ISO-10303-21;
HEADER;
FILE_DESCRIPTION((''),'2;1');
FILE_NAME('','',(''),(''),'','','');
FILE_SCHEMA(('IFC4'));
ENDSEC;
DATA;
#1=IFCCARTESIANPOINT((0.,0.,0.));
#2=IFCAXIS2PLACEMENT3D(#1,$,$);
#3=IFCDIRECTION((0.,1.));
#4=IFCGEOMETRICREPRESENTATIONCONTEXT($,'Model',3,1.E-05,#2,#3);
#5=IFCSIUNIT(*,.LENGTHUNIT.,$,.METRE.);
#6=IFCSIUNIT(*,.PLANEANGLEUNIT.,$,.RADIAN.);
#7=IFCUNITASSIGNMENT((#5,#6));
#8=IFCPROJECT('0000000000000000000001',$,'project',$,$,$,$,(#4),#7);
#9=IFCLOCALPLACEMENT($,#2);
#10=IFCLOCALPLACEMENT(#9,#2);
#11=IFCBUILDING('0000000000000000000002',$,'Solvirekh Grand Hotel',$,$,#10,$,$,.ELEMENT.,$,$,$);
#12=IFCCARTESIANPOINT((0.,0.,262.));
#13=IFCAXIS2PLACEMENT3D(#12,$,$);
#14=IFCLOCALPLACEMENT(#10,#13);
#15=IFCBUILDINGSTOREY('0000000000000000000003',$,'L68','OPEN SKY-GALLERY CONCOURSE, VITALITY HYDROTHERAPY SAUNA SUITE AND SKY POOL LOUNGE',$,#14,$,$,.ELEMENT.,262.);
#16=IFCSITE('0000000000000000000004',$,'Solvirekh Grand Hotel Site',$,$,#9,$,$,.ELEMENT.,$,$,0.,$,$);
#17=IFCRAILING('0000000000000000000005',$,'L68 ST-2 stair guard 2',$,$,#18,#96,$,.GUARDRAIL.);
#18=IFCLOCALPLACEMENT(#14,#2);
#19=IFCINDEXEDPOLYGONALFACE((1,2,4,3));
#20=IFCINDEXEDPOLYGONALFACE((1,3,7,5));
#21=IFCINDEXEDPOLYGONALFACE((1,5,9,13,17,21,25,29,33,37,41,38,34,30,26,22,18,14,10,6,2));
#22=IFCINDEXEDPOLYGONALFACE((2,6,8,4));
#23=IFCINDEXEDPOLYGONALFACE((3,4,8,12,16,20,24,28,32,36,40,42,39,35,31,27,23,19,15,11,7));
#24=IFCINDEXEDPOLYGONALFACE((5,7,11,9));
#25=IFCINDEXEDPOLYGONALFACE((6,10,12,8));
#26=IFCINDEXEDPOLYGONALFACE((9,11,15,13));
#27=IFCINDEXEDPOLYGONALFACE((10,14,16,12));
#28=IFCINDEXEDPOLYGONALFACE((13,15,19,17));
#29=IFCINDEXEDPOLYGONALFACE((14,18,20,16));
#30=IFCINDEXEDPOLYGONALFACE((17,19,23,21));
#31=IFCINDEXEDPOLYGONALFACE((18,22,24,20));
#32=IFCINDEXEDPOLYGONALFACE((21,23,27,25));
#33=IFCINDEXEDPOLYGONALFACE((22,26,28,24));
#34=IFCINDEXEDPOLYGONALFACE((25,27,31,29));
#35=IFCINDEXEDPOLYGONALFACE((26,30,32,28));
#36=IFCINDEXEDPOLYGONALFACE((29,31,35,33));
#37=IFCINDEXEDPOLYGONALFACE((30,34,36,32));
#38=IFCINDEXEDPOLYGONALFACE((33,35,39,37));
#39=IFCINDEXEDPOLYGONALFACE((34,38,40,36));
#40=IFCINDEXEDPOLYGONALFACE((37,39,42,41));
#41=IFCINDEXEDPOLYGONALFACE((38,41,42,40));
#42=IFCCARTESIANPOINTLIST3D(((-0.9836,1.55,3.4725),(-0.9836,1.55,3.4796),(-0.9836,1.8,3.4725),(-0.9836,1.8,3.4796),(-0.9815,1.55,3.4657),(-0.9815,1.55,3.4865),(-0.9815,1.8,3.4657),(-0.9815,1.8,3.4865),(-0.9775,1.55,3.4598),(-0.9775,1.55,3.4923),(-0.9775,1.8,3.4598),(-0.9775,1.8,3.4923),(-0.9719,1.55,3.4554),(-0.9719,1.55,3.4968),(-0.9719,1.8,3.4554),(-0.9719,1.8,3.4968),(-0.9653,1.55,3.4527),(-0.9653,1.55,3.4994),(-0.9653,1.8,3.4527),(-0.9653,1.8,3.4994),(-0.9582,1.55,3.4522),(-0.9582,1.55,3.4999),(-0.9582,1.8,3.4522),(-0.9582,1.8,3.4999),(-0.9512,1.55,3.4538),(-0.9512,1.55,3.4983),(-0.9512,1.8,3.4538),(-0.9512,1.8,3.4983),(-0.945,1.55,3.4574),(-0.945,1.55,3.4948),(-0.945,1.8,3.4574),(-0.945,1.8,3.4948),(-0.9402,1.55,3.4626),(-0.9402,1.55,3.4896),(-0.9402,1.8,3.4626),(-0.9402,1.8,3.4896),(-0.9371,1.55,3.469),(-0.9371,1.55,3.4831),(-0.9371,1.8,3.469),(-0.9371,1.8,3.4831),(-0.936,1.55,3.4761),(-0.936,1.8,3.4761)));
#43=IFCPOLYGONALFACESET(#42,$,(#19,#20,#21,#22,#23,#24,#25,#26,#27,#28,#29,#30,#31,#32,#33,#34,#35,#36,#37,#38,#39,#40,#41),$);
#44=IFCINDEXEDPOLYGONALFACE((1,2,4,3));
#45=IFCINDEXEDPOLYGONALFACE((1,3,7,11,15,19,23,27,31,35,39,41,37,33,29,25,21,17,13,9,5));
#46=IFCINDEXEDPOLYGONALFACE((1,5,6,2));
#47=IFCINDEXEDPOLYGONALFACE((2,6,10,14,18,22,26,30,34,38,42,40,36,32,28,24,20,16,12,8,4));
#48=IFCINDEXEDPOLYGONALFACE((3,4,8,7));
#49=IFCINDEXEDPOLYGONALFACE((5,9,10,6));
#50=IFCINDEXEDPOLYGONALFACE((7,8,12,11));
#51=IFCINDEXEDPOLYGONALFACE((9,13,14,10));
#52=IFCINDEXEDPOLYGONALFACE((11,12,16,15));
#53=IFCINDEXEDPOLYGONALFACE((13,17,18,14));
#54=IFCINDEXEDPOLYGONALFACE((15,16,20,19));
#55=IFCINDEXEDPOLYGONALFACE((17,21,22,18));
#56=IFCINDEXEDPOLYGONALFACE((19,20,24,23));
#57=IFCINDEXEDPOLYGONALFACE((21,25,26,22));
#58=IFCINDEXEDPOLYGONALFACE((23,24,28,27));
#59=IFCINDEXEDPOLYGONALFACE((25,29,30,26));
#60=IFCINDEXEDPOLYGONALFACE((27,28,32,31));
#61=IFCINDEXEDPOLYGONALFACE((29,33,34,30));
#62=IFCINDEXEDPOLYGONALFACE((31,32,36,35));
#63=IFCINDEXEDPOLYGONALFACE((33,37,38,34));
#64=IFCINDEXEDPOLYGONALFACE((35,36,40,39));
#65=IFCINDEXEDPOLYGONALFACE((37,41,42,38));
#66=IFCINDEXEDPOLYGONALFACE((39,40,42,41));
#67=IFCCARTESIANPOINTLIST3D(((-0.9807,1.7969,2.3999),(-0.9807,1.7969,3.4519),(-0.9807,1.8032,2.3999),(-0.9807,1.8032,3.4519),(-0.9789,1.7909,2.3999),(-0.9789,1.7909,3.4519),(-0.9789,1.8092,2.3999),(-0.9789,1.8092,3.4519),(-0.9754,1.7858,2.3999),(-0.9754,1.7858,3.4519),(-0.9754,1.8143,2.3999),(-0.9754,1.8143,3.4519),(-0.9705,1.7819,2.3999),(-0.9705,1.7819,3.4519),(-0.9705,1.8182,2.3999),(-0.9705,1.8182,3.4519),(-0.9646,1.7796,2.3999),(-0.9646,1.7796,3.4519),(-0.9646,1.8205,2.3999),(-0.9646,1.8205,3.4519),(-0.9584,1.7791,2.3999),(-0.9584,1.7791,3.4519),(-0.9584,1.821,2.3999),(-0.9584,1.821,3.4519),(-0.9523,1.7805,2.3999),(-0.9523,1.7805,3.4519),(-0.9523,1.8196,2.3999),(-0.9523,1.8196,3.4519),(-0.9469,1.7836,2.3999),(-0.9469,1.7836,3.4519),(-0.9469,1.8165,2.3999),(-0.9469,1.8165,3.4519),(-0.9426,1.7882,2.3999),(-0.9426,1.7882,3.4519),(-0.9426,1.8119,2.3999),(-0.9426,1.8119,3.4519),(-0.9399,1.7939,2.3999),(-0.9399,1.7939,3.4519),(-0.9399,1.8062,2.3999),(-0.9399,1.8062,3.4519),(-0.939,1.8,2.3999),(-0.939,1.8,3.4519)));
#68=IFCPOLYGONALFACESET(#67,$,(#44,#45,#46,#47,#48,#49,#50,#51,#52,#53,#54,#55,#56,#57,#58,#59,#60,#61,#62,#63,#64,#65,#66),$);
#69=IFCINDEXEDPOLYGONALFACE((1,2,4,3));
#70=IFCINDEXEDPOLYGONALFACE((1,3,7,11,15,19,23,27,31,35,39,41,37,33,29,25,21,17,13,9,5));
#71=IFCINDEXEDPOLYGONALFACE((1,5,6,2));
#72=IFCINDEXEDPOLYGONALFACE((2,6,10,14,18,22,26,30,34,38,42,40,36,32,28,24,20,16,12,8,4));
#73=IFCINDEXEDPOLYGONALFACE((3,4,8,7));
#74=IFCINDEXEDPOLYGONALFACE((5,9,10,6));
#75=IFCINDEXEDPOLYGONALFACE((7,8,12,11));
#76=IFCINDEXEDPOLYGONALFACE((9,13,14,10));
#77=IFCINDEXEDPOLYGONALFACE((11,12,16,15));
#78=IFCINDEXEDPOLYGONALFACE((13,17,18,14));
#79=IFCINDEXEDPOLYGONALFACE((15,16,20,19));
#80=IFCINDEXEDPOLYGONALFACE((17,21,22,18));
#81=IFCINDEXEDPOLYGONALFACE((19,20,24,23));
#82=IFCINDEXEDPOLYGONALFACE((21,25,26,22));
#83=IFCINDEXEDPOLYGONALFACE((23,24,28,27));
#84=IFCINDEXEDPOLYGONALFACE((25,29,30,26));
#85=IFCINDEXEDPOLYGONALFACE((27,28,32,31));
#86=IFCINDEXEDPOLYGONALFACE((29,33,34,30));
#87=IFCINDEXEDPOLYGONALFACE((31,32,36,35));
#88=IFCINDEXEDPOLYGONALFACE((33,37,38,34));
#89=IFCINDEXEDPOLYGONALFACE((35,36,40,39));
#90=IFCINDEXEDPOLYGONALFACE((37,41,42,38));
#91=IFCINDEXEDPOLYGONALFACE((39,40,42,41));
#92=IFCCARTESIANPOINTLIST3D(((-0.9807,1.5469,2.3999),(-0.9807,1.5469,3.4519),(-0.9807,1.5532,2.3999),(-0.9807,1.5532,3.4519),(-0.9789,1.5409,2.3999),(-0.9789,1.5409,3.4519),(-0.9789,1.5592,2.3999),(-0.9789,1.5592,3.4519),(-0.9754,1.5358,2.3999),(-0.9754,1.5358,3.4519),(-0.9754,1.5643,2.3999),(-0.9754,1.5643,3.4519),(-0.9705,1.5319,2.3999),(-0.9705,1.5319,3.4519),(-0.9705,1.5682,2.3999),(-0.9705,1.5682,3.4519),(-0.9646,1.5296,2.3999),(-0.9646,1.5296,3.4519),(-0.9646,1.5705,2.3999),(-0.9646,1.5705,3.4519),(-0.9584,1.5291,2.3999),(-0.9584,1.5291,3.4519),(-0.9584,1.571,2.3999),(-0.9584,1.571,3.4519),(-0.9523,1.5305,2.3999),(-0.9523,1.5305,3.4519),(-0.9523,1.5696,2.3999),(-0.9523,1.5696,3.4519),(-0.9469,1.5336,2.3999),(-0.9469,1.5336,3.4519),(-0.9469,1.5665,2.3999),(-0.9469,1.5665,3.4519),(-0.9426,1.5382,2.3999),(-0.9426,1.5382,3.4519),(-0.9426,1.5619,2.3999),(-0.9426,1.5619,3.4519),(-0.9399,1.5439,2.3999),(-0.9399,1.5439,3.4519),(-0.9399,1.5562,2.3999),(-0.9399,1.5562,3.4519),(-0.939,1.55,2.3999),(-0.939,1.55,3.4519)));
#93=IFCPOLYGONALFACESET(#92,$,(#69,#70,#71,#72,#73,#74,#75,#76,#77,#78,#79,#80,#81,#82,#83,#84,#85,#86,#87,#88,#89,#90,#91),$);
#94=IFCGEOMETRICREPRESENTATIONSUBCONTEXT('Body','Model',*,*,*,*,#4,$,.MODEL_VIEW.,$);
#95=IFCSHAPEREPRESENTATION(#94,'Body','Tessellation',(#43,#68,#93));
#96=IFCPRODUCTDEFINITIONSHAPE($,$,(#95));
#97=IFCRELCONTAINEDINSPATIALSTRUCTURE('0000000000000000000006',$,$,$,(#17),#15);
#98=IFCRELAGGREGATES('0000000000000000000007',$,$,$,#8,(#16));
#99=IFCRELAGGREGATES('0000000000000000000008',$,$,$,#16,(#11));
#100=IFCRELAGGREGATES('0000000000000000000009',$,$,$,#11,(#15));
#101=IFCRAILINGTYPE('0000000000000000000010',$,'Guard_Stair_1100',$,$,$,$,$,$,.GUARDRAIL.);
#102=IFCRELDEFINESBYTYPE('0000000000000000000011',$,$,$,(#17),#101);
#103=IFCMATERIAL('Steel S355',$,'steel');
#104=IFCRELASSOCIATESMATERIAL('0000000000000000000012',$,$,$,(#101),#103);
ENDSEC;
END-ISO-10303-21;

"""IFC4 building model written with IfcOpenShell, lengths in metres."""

from ifc_helpers import new_model, si_unit, direction, frame, origin, origin_2d, place, context, subcontext, project, spatial, circle, extrude, material, type_object, element, save


model = new_model("IFC4")

# Units and contexts
model_context = context("Model", 3, precision=1e-05, world=origin(), true_north=direction((0.0, 1.0)))
body_context = subcontext(model_context, "Body", "Model", "MODEL_VIEW")
ifc_project = project(units=[si_unit("LENGTHUNIT", "METRE"), si_unit("PLANEANGLEUNIT", "RADIAN")], contexts=[model_context])

# Site, building, storey
site_placement = place(None, origin())
site = spatial("IfcSite", under=ifc_project, at=site_placement, Name="Solvirekh Grand Hotel Site", CompositionType="ELEMENT", RefElevation=0.0)
building_placement = place(site_placement, origin())
building = spatial("IfcBuilding", under=site, at=building_placement, Name="Solvirekh Grand Hotel", CompositionType="ELEMENT")
storey_placement = place(building_placement, frame((0.0, 0.0, 262.0)))
storey = spatial("IfcBuildingStorey", under=building, at=storey_placement, Name="L68", Description="OPEN SKY-GALLERY CONCOURSE, VITALITY HYDROTHERAPY SAUNA SUITE AND SKY POOL LOUNGE", CompositionType="ELEMENT", Elevation=262.0)

# Shared definitions
ifc_material_1 = material(Name="Steel S355", Category="steel")

# Railing
railing_type_1 = type_object("IfcRailingType", Name="Guard_Stair_1100", PredefinedType="GUARDRAIL", material=ifc_material_1)
railing_1_placement = place(storey_placement, frame((-0.96, 1.8, 2.3999)))
element("IfcRailing", 1, at=railing_1_placement, inside=storey, type_object=railing_type_1, Name="L68 ST-2 stair guard 2", PredefinedType="GUARDRAIL", context=body_context, shape_type="SweptSolid", body=[
    extrude(circle(Radius=0.0239, at=origin_2d()), frame((0.0, 0.0, 1.0762), z_axis=(0.0, -1.0, 0.0), x_axis=(1.0, 0.0, 0.0)), (0.0, 0.0, 1.0), 0.25),
    extrude(circle(Radius=0.021, at=origin_2d()), origin(), (0.0, 0.0, 1.0), 1.052),
    extrude(circle(Radius=0.021, at=origin_2d()), frame((0.0, -0.25, 0.0)), (0.0, 0.0, 1.0), 1.052),
])

save(model, "model.ifc")
